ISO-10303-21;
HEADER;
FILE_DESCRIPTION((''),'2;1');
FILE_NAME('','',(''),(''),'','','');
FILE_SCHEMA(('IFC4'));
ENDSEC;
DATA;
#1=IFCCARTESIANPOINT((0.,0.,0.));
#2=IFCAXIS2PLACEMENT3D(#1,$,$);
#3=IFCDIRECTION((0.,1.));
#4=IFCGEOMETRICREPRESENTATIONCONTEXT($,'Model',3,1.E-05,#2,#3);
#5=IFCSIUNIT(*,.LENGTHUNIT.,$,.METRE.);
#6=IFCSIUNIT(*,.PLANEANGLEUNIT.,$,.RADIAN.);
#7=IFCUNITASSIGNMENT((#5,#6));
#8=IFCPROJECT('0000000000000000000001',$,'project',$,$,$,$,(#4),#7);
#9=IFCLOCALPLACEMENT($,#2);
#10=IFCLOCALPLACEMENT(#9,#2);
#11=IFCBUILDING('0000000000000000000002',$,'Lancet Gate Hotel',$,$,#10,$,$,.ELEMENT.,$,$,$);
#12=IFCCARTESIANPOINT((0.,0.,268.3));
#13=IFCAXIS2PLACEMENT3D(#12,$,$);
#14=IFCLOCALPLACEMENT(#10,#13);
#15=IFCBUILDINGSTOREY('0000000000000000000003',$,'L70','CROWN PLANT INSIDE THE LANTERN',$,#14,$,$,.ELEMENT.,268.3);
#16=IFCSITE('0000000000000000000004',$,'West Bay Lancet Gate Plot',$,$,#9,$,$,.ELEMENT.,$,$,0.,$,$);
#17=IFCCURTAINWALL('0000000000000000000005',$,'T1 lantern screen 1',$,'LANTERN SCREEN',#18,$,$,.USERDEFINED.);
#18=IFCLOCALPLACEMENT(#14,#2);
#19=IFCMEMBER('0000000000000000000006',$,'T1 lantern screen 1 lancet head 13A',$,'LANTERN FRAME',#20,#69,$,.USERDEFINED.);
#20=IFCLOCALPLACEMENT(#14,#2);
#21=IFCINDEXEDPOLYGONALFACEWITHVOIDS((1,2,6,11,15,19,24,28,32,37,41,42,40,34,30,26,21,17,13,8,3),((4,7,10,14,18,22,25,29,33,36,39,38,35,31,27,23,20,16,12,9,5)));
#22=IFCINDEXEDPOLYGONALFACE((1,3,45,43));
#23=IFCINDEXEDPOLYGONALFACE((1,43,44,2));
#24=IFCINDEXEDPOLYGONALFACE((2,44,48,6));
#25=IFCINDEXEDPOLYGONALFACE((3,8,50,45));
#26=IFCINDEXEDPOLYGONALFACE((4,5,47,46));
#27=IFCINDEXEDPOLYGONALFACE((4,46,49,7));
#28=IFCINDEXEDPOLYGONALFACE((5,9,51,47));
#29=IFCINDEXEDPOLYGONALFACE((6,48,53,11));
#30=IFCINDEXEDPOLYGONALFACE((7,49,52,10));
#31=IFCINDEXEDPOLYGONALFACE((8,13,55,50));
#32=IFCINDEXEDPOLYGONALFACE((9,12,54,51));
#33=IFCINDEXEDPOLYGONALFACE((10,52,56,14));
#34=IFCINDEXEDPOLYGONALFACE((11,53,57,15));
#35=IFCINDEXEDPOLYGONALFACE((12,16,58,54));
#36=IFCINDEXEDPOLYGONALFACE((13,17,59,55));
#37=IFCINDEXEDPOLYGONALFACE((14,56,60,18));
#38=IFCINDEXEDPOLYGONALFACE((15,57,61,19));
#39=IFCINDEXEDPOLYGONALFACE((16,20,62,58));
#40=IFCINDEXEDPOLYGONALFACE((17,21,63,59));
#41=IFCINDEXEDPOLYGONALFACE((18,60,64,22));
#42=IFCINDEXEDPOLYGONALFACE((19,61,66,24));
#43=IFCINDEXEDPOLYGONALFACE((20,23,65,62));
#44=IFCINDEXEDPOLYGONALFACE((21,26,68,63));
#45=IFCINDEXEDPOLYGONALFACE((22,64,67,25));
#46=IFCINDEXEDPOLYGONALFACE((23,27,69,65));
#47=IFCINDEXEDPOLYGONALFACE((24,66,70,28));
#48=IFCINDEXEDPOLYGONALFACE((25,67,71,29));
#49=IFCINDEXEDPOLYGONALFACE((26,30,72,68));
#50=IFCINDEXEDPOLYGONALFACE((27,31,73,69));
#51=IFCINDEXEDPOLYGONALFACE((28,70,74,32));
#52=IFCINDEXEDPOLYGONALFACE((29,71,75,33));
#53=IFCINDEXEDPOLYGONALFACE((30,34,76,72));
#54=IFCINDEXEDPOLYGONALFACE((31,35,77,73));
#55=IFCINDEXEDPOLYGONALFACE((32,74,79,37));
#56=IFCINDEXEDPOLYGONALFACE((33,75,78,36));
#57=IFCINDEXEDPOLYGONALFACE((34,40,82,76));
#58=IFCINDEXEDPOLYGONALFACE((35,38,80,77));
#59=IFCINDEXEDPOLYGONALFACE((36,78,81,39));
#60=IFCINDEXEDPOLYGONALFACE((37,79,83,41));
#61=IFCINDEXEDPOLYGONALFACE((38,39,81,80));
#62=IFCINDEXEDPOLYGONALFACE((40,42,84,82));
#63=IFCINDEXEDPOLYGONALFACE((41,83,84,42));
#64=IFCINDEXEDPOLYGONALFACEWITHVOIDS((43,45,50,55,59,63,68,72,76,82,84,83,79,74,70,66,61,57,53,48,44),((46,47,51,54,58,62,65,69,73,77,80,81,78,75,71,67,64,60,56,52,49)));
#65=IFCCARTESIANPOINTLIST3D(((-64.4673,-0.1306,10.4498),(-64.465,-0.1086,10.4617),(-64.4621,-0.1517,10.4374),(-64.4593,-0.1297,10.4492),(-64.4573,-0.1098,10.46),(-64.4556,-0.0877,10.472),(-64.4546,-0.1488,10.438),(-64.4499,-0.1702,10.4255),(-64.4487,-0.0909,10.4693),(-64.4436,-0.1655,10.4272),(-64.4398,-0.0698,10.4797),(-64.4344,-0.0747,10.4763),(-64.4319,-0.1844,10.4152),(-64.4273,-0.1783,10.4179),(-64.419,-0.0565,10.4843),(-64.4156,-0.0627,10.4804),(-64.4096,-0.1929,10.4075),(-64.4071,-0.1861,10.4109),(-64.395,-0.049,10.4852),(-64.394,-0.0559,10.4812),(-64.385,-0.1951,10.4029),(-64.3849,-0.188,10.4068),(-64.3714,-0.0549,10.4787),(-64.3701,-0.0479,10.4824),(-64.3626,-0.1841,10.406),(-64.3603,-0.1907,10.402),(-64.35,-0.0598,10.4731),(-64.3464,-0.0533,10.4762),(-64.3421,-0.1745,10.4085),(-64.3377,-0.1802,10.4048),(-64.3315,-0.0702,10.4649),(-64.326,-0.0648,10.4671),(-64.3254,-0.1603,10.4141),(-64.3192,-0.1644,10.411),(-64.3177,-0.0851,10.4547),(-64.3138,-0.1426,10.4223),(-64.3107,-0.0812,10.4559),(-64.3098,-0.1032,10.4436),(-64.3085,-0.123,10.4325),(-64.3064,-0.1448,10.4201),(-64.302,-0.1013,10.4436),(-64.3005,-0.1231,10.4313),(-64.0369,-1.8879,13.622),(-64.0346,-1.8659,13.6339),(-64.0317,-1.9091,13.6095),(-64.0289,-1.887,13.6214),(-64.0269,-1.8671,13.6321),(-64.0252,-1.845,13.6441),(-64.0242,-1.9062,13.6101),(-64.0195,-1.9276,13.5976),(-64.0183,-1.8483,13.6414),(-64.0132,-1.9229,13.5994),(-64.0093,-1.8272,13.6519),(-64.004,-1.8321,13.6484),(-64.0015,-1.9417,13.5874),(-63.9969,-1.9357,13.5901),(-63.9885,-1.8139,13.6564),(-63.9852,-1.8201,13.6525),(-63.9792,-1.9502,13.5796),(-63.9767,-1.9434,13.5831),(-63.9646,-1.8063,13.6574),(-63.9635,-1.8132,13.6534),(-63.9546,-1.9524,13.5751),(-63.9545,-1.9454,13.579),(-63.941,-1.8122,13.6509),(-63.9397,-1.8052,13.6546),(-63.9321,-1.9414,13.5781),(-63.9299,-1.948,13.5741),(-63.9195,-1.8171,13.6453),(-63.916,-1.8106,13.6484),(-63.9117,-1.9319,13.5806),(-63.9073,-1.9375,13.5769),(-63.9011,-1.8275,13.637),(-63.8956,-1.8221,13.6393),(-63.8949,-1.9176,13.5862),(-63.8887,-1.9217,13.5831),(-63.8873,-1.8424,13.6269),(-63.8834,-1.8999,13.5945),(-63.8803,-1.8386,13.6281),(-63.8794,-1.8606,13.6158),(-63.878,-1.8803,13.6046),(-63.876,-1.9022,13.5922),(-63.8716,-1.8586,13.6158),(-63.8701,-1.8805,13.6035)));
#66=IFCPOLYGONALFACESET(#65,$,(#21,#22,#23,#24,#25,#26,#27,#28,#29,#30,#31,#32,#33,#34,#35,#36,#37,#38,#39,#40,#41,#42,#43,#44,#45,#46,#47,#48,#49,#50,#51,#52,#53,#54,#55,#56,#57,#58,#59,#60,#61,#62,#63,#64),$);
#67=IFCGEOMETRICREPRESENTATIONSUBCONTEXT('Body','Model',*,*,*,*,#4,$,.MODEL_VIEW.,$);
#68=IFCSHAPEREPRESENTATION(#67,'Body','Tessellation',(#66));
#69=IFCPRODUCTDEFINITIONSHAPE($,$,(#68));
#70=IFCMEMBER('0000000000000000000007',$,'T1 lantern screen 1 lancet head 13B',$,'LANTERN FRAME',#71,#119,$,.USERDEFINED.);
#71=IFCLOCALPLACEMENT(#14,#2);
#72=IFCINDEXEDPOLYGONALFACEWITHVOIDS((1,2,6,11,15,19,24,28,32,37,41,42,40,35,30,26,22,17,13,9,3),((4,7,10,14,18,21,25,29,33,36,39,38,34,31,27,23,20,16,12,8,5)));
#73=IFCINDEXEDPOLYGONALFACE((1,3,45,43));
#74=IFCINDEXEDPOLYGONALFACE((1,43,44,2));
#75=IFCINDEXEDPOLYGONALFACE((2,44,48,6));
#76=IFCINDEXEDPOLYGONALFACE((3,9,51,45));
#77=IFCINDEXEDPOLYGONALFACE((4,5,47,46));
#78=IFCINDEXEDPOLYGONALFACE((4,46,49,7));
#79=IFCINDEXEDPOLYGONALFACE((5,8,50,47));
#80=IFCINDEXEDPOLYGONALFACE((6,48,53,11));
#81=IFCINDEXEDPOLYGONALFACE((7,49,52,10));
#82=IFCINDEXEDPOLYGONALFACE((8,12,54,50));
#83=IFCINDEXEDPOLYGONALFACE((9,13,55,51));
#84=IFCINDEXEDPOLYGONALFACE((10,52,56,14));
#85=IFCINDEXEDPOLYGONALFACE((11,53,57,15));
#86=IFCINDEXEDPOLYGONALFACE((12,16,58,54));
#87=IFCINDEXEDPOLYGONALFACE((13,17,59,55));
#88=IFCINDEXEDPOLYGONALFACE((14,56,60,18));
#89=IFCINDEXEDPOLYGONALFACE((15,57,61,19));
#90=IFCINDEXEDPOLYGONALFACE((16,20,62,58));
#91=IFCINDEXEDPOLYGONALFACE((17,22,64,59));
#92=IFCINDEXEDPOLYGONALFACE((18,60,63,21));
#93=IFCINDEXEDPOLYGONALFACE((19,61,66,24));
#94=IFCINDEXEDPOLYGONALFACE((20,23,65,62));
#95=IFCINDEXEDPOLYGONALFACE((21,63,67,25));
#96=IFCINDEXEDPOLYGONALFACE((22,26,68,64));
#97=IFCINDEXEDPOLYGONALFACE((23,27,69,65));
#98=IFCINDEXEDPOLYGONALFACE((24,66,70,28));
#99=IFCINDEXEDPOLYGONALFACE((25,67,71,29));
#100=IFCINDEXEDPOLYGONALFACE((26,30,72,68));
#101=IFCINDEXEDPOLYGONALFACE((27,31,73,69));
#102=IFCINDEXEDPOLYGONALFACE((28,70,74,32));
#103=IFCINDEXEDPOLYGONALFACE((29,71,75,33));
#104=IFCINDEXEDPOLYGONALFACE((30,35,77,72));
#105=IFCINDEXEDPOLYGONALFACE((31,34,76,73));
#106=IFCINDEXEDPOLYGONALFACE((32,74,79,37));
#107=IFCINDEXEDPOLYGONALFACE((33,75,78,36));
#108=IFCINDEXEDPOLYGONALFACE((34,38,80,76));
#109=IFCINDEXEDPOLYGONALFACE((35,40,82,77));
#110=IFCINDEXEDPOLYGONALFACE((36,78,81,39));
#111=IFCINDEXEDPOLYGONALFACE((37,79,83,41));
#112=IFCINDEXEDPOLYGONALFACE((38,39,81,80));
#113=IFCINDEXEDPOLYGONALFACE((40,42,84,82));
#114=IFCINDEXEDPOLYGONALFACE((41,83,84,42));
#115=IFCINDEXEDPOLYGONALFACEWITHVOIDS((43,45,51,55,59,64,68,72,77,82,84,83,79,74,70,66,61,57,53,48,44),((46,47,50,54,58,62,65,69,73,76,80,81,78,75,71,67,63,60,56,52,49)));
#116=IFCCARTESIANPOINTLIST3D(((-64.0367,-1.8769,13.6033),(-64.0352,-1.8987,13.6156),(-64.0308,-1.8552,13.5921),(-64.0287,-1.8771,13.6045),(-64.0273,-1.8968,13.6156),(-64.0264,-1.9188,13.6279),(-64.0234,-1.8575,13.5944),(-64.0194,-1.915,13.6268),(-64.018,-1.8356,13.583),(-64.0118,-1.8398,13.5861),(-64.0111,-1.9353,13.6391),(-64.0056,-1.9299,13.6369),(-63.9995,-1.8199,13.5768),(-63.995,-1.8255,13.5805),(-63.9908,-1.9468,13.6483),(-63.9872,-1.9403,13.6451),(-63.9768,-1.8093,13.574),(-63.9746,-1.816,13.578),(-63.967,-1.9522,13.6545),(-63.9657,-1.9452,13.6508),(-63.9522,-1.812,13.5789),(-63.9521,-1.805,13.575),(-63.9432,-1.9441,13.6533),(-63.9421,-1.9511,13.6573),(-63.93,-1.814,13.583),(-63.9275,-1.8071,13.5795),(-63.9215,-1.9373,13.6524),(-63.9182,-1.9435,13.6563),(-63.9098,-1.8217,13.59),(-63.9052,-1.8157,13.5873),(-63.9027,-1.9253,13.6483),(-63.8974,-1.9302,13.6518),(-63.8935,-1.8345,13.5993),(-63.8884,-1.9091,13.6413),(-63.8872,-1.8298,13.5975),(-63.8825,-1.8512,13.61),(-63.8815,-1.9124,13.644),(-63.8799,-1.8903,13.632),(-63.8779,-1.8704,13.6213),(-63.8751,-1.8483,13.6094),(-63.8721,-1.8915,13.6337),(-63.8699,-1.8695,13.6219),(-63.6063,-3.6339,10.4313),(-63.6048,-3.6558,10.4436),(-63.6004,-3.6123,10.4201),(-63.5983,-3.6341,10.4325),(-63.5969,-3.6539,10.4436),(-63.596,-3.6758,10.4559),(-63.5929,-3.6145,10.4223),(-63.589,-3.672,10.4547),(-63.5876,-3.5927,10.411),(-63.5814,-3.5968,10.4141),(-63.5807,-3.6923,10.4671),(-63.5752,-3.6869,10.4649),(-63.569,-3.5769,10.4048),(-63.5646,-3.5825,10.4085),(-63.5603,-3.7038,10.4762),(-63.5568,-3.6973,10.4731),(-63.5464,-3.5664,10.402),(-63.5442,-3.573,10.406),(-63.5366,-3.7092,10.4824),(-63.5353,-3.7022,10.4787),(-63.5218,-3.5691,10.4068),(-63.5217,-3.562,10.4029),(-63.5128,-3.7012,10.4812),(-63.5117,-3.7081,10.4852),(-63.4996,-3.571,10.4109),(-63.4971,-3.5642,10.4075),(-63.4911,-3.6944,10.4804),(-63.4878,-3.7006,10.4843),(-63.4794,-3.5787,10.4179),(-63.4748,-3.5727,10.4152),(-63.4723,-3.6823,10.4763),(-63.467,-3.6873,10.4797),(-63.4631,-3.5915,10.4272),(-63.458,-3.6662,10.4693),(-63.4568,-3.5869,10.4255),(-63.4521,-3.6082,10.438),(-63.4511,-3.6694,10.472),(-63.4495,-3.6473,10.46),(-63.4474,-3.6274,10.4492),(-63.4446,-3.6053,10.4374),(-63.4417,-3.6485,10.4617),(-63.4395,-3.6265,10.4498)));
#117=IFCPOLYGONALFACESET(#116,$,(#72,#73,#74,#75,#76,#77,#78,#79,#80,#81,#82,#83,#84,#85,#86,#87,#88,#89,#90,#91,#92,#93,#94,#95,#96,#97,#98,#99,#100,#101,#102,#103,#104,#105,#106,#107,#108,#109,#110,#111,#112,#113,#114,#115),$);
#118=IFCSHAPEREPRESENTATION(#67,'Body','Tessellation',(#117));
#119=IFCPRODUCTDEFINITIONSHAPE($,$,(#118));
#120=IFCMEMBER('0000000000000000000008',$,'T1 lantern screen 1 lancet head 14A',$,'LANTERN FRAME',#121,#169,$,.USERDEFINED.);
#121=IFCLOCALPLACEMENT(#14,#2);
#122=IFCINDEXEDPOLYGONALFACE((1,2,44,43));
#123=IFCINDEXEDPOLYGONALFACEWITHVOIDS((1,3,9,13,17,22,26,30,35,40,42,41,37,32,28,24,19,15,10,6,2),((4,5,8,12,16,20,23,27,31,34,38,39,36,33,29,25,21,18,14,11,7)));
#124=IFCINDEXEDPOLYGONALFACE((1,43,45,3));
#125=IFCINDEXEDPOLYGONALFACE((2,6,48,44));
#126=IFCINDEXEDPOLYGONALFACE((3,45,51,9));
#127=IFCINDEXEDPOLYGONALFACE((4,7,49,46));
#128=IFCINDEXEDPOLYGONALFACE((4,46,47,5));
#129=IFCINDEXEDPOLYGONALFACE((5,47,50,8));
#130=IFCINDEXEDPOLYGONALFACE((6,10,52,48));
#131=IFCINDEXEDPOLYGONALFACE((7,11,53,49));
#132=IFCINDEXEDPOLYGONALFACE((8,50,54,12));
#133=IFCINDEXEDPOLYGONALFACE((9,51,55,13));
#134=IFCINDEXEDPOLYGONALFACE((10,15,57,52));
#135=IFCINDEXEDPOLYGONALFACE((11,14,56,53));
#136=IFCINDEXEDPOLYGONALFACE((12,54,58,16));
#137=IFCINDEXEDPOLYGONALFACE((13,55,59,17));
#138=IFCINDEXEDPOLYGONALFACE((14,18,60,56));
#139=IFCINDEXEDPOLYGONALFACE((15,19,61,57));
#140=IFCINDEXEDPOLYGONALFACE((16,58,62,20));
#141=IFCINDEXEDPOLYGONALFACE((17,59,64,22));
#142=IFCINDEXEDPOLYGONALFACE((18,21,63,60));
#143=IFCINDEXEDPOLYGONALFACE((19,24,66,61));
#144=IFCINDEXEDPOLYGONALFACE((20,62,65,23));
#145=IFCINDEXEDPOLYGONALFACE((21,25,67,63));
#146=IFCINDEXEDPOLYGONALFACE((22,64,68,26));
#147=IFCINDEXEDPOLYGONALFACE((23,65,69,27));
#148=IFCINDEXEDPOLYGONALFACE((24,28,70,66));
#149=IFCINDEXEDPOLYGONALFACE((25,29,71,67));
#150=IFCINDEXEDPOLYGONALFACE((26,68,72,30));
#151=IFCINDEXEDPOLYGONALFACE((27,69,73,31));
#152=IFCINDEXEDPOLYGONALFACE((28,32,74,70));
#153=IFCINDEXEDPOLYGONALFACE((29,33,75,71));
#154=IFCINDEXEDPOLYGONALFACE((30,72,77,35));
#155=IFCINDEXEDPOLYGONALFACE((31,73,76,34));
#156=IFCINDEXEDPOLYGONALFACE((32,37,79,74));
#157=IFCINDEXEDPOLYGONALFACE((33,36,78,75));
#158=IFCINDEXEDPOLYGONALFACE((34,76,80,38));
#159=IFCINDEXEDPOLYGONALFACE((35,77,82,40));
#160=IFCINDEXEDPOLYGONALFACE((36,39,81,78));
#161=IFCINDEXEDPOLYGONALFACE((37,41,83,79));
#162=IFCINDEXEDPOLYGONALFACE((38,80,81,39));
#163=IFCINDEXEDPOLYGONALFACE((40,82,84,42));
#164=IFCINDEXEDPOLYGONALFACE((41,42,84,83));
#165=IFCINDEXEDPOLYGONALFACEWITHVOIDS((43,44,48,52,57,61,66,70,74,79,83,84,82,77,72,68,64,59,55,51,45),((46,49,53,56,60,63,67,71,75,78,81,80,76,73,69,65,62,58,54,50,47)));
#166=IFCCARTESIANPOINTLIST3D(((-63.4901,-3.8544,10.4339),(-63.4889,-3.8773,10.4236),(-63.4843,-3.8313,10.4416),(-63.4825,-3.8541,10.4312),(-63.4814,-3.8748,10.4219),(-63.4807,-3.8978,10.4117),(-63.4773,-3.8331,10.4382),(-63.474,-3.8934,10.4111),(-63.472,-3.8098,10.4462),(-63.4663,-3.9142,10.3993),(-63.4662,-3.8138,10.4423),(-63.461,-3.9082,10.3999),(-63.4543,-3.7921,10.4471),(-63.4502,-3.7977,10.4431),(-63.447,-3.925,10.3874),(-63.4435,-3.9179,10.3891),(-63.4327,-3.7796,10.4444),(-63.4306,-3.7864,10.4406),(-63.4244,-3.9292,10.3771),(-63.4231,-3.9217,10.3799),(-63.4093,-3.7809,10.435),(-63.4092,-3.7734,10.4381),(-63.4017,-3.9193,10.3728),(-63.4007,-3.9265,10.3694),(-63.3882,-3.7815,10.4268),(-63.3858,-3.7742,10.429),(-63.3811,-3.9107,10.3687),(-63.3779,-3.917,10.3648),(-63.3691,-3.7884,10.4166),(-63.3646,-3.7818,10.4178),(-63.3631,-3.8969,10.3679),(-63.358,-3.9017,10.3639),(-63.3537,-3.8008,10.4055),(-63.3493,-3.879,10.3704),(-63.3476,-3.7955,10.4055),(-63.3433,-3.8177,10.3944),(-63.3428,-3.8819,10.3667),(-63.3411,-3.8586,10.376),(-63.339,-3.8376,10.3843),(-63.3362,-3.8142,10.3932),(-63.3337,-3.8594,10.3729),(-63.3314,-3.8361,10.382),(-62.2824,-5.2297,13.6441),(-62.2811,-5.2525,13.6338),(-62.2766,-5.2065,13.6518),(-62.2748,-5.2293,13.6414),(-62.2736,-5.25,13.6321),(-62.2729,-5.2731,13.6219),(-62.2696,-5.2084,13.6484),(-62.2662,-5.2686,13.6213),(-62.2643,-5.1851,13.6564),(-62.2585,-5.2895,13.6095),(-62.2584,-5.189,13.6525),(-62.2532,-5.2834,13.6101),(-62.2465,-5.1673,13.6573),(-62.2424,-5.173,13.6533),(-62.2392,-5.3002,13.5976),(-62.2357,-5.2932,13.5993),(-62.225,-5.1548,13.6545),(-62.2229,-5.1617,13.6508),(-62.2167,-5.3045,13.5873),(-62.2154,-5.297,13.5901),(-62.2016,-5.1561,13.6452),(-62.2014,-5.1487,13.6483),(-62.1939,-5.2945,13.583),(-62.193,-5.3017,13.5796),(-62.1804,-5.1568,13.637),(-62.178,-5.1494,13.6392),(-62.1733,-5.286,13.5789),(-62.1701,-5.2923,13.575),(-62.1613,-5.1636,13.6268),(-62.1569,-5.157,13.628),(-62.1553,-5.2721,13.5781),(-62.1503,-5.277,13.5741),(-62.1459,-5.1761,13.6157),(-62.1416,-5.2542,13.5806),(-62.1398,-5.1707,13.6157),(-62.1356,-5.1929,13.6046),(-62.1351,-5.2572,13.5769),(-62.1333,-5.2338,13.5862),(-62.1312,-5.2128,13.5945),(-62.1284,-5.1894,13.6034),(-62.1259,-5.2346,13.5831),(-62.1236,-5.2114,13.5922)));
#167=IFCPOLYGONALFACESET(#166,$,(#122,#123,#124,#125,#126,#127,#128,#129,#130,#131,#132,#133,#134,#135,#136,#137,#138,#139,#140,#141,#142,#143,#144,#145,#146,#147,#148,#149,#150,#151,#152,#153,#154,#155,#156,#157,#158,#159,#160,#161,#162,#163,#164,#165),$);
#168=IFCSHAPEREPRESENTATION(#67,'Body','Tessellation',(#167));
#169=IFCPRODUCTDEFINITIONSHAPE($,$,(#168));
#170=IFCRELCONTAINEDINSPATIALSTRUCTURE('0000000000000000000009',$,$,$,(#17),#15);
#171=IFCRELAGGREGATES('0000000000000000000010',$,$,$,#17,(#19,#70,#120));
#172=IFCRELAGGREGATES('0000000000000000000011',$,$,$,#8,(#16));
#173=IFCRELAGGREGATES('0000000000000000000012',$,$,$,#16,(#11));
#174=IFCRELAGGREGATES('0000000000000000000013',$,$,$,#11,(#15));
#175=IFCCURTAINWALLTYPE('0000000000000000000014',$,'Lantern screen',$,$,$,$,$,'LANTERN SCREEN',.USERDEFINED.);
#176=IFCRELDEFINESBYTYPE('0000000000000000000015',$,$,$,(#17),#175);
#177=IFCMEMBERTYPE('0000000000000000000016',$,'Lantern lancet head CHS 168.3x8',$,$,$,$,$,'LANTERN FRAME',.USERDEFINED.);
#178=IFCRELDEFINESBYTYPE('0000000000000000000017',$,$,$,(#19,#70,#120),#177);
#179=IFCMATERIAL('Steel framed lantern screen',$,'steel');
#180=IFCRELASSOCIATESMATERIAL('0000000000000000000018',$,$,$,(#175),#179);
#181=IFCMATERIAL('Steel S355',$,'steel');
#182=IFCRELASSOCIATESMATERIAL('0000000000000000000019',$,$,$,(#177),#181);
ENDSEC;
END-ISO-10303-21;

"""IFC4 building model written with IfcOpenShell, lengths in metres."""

from ifc_helpers import new_model, si_unit, direction, frame, origin, origin_2d, place, context, subcontext, project, spatial, hollow_circle, extrude, material, material_profile, profile_set, type_object, element, aggregate, save


model = new_model("IFC4")

# Units and contexts
model_context = context("Model", 3, precision=1e-05, world=origin(), true_north=direction((0.0, 1.0)))
body_context = subcontext(model_context, "Body", "Model", "MODEL_VIEW")
ifc_project = project(units=[si_unit("LENGTHUNIT", "METRE"), si_unit("PLANEANGLEUNIT", "RADIAN")], contexts=[model_context])

# Site, building, storey
site_placement = place(None, origin())
site = spatial("IfcSite", under=ifc_project, at=site_placement, Name="West Bay Lancet Gate Plot", CompositionType="ELEMENT", RefElevation=0.0)
building_placement = place(site_placement, origin())
building = spatial("IfcBuilding", under=site, at=building_placement, Name="Lancet Gate Hotel", CompositionType="ELEMENT")
storey_placement = place(building_placement, frame((0.0, 0.0, 268.3)))
storey = spatial("IfcBuildingStorey", under=building, at=storey_placement, Name="L70", Description="CROWN PLANT INSIDE THE LANTERN", CompositionType="ELEMENT", Elevation=268.3)

# Curtain wall, members
ifc_material_1 = material(Name="Steel framed lantern screen", Category="steel")
curtain_wall_type_1 = type_object("IfcCurtainWallType", Name="Lantern screen", ElementType="LANTERN SCREEN", PredefinedType="USERDEFINED", material=ifc_material_1)
curtain_wall_1_placement = place(storey_placement, origin())
curtain_wall_1 = element("IfcCurtainWall", 1, at=curtain_wall_1_placement, inside=storey, type_object=curtain_wall_type_1, Name="T1 lantern screen 1", ObjectType="LANTERN SCREEN", PredefinedType="USERDEFINED")
ifc_material_2 = material(Name="Steel S355", Category="steel")
ifc_material_profile_1 = material_profile(ifc_material_2, hollow_circle(Radius=0.0842, WallThickness=0.0081, at=origin_2d()), Name="CHS 168.3x8.0")
ifc_profile_set_1 = profile_set([ifc_material_profile_1], Name="Steel S355")
member_type_1 = type_object("IfcMemberType", Name="Lantern lancet head CHS 168.3x8", ElementType="LANTERN FRAME", PredefinedType="USERDEFINED", material=ifc_profile_set_1)
member_1_placement = place(storey_placement, frame((-64.3838, -0.1213, 10.4436), z_axis=(0.117864, -0.481219, 0.868641), x_axis=(0.97129, 0.237897, 0.0)))
member_1 = element("IfcMember", 2, at=member_1_placement, type_object=member_type_1, Name="T1 lantern screen 1 lancet head 13A", ObjectType="LANTERN FRAME", PredefinedType="USERDEFINED", context=body_context, shape_type="SweptSolid", body=[
    extrude(hollow_circle(Radius=0.0842, WallThickness=0.0081, at=origin_2d()), origin(), (0.0, 0.0, 1.0), 3.6519),
])
member_2_placement = place(storey_placement, frame((-63.5229, -3.6357, 10.4436), z_axis=(-0.117868, 0.481167, 0.868669), x_axis=(-0.971283, -0.237928, 0.0)))
member_2 = element("IfcMember", 3, at=member_2_placement, type_object=member_type_1, Name="T1 lantern screen 1 lancet head 13B", ObjectType="LANTERN FRAME", PredefinedType="USERDEFINED", context=body_context, shape_type="SweptSolid", body=[
    extrude(hollow_circle(Radius=0.0842, WallThickness=0.0081, at=origin_2d()), origin(), (0.0, 0.0, 1.0), 3.6516),
])
member_3_placement = place(storey_placement, frame((-63.4109, -3.8511, 10.4055), z_axis=(0.326836, -0.372158, 0.868721), x_axis=(0.751377, 0.659873, 0.0)))
member_3 = element("IfcMember", 4, at=member_3_placement, type_object=member_type_1, Name="T1 lantern screen 1 lancet head 14A", ObjectType="LANTERN FRAME", PredefinedType="USERDEFINED", context=body_context, shape_type="SweptSolid", body=[
    extrude(hollow_circle(Radius=0.0842, WallThickness=0.0081, at=origin_2d()), origin(), (0.0, 0.0, 1.0), 3.6953),
])

aggregate(curtain_wall_1, [member_1, member_2, member_3])

save(model, "model.ifc")
